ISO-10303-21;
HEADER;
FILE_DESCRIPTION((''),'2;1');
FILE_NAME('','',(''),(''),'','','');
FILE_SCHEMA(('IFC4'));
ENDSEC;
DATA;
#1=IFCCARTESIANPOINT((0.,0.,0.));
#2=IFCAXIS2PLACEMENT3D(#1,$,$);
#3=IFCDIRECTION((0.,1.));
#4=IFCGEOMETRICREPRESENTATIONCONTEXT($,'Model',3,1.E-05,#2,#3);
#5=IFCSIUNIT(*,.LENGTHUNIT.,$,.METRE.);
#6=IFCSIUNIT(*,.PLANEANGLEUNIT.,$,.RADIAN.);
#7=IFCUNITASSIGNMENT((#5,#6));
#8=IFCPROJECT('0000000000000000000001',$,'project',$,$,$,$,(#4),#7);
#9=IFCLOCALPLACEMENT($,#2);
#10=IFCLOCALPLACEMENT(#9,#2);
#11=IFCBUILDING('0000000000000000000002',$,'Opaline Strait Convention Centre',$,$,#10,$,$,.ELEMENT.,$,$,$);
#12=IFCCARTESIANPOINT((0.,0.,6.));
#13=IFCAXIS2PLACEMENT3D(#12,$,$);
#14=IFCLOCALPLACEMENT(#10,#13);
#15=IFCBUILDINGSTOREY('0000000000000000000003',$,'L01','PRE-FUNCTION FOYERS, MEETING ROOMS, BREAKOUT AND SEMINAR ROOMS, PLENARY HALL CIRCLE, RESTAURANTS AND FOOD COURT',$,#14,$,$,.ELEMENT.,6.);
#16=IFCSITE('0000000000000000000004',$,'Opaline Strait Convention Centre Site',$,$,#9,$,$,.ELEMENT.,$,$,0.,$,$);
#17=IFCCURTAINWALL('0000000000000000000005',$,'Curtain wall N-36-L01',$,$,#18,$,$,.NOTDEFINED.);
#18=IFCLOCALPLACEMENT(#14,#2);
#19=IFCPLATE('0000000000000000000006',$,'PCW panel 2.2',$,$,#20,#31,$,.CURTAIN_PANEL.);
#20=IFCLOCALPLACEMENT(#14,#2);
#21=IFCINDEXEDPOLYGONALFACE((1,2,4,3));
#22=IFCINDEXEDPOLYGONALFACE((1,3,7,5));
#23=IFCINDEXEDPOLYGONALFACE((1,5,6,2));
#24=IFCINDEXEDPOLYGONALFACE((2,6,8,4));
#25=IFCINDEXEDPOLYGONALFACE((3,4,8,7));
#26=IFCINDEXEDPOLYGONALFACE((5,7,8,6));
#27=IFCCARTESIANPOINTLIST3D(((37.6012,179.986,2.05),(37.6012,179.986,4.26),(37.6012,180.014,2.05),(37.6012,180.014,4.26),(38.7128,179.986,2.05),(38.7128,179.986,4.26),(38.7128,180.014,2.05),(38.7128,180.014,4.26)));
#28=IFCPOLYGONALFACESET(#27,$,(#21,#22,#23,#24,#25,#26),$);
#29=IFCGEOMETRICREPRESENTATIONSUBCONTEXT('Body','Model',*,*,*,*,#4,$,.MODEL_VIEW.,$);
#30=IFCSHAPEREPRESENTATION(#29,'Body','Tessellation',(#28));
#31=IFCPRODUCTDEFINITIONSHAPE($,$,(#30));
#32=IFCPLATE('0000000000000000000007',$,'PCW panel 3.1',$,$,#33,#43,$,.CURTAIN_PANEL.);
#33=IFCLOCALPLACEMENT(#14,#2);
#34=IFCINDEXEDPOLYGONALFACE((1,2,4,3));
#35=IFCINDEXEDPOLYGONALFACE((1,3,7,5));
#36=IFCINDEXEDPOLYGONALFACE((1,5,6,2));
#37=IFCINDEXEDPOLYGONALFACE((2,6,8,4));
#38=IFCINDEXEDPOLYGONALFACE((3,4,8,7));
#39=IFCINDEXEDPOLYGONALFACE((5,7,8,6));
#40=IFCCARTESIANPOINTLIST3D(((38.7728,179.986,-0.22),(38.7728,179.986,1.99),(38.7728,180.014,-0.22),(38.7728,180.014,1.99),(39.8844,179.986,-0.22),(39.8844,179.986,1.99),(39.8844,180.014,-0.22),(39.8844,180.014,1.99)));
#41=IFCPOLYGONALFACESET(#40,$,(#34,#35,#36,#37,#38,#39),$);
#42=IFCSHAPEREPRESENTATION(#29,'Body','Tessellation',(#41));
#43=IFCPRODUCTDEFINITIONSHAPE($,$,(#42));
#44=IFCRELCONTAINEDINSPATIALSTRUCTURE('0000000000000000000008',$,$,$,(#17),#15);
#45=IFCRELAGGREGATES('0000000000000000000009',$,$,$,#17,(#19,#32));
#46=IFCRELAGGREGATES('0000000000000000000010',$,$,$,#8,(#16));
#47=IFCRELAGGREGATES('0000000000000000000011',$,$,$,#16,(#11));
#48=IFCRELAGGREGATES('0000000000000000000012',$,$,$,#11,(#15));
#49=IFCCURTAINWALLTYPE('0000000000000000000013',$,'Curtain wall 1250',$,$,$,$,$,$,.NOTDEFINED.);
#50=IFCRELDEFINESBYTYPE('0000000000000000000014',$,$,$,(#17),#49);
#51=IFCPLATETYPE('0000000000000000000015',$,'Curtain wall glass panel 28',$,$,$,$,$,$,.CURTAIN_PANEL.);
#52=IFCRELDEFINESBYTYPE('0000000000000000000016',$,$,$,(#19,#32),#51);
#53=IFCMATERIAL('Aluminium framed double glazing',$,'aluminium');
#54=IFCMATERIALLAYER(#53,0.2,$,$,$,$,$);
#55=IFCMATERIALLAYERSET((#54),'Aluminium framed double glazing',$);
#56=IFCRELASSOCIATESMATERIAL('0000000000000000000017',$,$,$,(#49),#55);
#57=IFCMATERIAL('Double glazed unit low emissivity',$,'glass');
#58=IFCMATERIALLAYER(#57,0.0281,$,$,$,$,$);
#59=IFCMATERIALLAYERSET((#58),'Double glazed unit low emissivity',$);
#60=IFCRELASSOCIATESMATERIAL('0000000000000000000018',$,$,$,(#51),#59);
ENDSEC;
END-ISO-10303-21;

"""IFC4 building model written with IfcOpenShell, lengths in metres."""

from ifc_helpers import new_model, si_unit, direction, frame, origin, origin_2d, place, context, subcontext, project, spatial, rectangle, extrude, material, layer, layer_set, type_object, element, aggregate, save


model = new_model("IFC4")

# Units and contexts
model_context = context("Model", 3, precision=1e-05, world=origin(), true_north=direction((0.0, 1.0)))
body_context = subcontext(model_context, "Body", "Model", "MODEL_VIEW")
ifc_project = project(units=[si_unit("LENGTHUNIT", "METRE"), si_unit("PLANEANGLEUNIT", "RADIAN")], contexts=[model_context])

# Site, building, storey
site_placement = place(None, origin())
site = spatial("IfcSite", under=ifc_project, at=site_placement, Name="Opaline Strait Convention Centre Site", CompositionType="ELEMENT", RefElevation=0.0)
building_placement = place(site_placement, origin())
building = spatial("IfcBuilding", under=site, at=building_placement, Name="Opaline Strait Convention Centre", CompositionType="ELEMENT")
storey_placement = place(building_placement, frame((0.0, 0.0, 6.0)))
storey = spatial("IfcBuildingStorey", under=building, at=storey_placement, Name="L01", Description="PRE-FUNCTION FOYERS, MEETING ROOMS, BREAKOUT AND SEMINAR ROOMS, PLENARY HALL CIRCLE, RESTAURANTS AND FOOD COURT", CompositionType="ELEMENT", Elevation=6.0)

# Shared definitions
ifc_material_1 = material(Name="Aluminium framed double glazing", Category="aluminium")
ifc_layer_1 = layer(ifc_material_1, 0.2)
ifc_layer_set_1 = layer_set([ifc_layer_1], Name="Aluminium framed double glazing")
curtain_wall_type = type_object("IfcCurtainWallType", Name="Curtain wall 1250", PredefinedType="NOTDEFINED", material=ifc_layer_set_1)

# Curtain wall
curtain_wall_1_placement = place(storey_placement, origin())
curtain_wall_1 = element("IfcCurtainWall", 1, at=curtain_wall_1_placement, inside=storey, type_object=curtain_wall_type, Name="Curtain wall N-36-L01", PredefinedType="NOTDEFINED")

# Plates
ifc_material_2 = material(Name="Double glazed unit low emissivity", Category="glass")
ifc_layer_2 = layer(ifc_material_2, 0.0281)
ifc_layer_set_2 = layer_set([ifc_layer_2], Name="Double glazed unit low emissivity")
plate_type = type_object("IfcPlateType", Name="Curtain wall glass panel 28", PredefinedType="CURTAIN_PANEL", material=ifc_layer_set_2)
plate_1_placement = place(storey_placement, frame((38.157, 180.0, 2.05), z_axis=(0.0, 0.0, 1.0), x_axis=(1.0, 0.0, 0.0)))
plate_1 = element("IfcPlate", 2, at=plate_1_placement, type_object=plate_type, Name="PCW panel 2.2", PredefinedType="CURTAIN_PANEL", context=body_context, shape_type="SweptSolid", body=[
    extrude(rectangle(XDim=1.1116, YDim=0.0281, at=origin_2d()), origin(), (0.0, 0.0, 1.0), 2.21),
])
plate_2_placement = place(storey_placement, frame((39.3286, 180.0, -0.22), z_axis=(0.0, 0.0, 1.0), x_axis=(1.0, 0.0, 0.0)))
plate_2 = element("IfcPlate", 3, at=plate_2_placement, type_object=plate_type, Name="PCW panel 3.1", PredefinedType="CURTAIN_PANEL", context=body_context, shape_type="SweptSolid", body=[
    extrude(rectangle(XDim=1.1116, YDim=0.0281, at=origin_2d()), origin(), (0.0, 0.0, 1.0), 2.21),
])
aggregate(curtain_wall_1, [plate_1, plate_2])

save(model, "model.ifc")
